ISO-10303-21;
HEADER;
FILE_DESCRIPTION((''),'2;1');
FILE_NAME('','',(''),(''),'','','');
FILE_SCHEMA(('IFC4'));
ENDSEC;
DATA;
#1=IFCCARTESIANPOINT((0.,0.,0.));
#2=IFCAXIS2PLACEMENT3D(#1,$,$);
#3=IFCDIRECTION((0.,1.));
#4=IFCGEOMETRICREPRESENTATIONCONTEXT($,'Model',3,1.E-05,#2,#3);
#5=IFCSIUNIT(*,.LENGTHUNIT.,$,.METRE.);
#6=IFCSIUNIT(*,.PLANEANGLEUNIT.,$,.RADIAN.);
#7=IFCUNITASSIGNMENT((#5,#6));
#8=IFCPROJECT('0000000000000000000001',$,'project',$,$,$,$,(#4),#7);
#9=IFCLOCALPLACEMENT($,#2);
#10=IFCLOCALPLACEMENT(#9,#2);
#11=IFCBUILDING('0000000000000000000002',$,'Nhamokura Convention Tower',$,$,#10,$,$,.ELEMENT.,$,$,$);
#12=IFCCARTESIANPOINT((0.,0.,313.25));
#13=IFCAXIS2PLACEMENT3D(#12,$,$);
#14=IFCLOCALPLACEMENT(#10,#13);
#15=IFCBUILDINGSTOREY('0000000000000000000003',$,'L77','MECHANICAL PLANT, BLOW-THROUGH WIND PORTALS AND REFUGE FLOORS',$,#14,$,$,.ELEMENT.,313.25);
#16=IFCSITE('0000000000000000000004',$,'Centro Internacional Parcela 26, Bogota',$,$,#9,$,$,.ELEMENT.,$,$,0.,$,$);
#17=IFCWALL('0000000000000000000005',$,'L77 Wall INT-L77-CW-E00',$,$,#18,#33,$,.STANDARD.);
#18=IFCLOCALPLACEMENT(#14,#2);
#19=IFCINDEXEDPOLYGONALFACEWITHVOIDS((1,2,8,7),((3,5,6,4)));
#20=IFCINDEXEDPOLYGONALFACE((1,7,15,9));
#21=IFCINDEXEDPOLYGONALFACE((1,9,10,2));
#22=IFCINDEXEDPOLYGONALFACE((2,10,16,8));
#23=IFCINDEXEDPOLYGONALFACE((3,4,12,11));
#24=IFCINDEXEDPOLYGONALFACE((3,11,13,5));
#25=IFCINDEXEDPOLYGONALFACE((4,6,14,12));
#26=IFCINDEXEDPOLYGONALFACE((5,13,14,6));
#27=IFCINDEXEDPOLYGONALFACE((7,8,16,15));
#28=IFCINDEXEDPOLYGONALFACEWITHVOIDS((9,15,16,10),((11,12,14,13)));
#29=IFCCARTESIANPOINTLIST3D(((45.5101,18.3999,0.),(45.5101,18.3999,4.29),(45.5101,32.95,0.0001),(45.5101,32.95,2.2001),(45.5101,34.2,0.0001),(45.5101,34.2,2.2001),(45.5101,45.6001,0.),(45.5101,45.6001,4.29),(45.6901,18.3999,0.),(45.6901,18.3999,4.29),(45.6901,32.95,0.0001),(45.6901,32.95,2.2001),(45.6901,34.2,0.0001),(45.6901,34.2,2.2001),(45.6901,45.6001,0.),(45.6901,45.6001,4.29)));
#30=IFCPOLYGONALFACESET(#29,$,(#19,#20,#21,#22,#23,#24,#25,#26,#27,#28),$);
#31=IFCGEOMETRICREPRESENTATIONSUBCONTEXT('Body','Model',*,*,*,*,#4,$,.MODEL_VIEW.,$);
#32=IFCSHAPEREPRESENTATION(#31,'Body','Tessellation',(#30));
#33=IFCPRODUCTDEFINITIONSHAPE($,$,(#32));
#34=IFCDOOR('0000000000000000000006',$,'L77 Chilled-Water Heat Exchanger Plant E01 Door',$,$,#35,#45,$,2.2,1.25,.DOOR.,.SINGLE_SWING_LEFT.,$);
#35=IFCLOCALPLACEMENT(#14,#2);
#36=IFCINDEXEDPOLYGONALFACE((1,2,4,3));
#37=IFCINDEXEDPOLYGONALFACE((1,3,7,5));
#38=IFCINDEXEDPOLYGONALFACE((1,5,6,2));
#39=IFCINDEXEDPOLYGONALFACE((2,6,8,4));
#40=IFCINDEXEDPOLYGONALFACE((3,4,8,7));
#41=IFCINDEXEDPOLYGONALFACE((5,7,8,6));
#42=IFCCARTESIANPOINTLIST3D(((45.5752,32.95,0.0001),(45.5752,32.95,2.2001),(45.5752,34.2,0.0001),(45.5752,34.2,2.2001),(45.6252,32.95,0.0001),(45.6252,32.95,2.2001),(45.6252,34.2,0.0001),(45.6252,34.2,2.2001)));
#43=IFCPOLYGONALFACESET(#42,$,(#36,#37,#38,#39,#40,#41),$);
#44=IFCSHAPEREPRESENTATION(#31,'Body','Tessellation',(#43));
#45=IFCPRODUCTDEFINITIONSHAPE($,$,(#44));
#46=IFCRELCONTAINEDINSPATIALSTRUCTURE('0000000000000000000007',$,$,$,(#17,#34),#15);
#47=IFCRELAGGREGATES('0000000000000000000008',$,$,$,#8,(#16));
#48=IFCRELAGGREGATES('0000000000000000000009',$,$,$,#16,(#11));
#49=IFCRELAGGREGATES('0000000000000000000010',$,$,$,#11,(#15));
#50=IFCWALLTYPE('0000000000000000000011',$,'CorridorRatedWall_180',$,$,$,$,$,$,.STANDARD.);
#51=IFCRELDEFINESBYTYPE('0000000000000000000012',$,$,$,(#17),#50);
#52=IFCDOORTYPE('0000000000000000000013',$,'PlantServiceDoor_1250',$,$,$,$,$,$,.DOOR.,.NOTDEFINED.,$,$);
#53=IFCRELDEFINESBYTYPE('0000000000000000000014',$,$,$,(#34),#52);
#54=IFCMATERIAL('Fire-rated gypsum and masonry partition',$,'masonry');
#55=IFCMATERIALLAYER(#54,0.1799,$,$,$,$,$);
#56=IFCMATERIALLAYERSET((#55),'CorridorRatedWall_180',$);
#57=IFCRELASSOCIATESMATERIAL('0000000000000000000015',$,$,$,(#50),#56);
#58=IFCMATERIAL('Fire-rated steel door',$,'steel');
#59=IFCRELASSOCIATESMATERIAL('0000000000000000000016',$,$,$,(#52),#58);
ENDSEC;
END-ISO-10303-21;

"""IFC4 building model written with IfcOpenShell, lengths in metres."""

from ifc_helpers import new_model, si_unit, direction, frame, frame_2d, origin, place, context, subcontext, project, spatial, rectangle, extrude, material, layer, layer_set, type_object, element, fill, save


model = new_model("IFC4")

# Units and contexts
model_context = context("Model", 3, precision=1e-05, world=origin(), true_north=direction((0.0, 1.0)))
body_context = subcontext(model_context, "Body", "Model", "MODEL_VIEW")
ifc_project = project(units=[si_unit("LENGTHUNIT", "METRE"), si_unit("PLANEANGLEUNIT", "RADIAN")], contexts=[model_context])

# Site, building, storey
site_placement = place(None, origin())
site = spatial("IfcSite", under=ifc_project, at=site_placement, Name="Centro Internacional Parcela 26, Bogota", CompositionType="ELEMENT", RefElevation=0.0)
building_placement = place(site_placement, origin())
building = spatial("IfcBuilding", under=site, at=building_placement, Name="Nhamokura Convention Tower", CompositionType="ELEMENT")
storey_placement = place(building_placement, frame((0.0, 0.0, 313.25)))
storey = spatial("IfcBuildingStorey", under=building, at=storey_placement, Name="L77", Description="MECHANICAL PLANT, BLOW-THROUGH WIND PORTALS AND REFUGE FLOORS", CompositionType="ELEMENT", Elevation=313.25)

# Wall, opening, door
ifc_material_1 = material(Name="Fire-rated gypsum and masonry partition", Category="masonry")
ifc_layer_1 = layer(ifc_material_1, 0.1799)
ifc_layer_set_1 = layer_set([ifc_layer_1], Name="CorridorRatedWall_180")
wall_type_1 = type_object("IfcWallType", Name="CorridorRatedWall_180", PredefinedType="STANDARD", material=ifc_layer_set_1)
wall_1_placement = place(storey_placement, frame((45.6001, 18.3999, 0.0), z_axis=(0.0, 0.0, 1.0), x_axis=(0.0, 1.0, 0.0)))
wall_1 = element("IfcWall", 1, at=wall_1_placement, inside=storey, type_object=wall_type_1, Name="L77 Wall INT-L77-CW-E00", PredefinedType="STANDARD", context=body_context, shape_type="SweptSolid", body=[
    extrude(rectangle(XDim=27.2002, YDim=0.1799, at=frame_2d((13.6001, 0.0))), origin(), (0.0, 0.0, 1.0), 4.29),
])
opening_1_placement = place(wall_1_placement, frame((14.55, 0.0, 0.0)))
opening_1 = element("IfcOpeningElement", 2, at=opening_1_placement, cuts=wall_1, PredefinedType="OPENING", context=body_context, shape_type="SweptSolid", body=[
    extrude(rectangle(XDim=1.25, YDim=2.2, at=frame_2d((0.625, 1.1001))), frame((0.0, 0.0999, 0.0), z_axis=(0.0, -1.0, 0.0), x_axis=(1.0, 0.0, 0.0)), (0.0, 0.0, 1.0), 0.2),
])
ifc_material_2 = material(Name="Fire-rated steel door", Category="steel")
door_type_1 = type_object("IfcDoorType", Name="PlantServiceDoor_1250", OperationType="NOTDEFINED", PredefinedType="DOOR", material=ifc_material_2)
door_1_placement = place(opening_1_placement, origin())
door_1 = element("IfcDoor", 3, at=door_1_placement, inside=storey, type_object=door_type_1, Name="L77 Chilled-Water Heat Exchanger Plant E01 Door", OperationType="SINGLE_SWING_LEFT", OverallHeight=2.2, OverallWidth=1.25, PredefinedType="DOOR", context=body_context, shape_type="SweptSolid", body=[
    extrude(rectangle(XDim=1.25, YDim=2.2, at=frame_2d((0.625, 1.1001))), frame((0.0, 0.0249, 0.0), z_axis=(0.0, -1.0, 0.0), x_axis=(1.0, 0.0, 0.0)), (0.0, 0.0, 1.0), 0.05),
])
fill(opening_1, door_1)

save(model, "model.ifc")
